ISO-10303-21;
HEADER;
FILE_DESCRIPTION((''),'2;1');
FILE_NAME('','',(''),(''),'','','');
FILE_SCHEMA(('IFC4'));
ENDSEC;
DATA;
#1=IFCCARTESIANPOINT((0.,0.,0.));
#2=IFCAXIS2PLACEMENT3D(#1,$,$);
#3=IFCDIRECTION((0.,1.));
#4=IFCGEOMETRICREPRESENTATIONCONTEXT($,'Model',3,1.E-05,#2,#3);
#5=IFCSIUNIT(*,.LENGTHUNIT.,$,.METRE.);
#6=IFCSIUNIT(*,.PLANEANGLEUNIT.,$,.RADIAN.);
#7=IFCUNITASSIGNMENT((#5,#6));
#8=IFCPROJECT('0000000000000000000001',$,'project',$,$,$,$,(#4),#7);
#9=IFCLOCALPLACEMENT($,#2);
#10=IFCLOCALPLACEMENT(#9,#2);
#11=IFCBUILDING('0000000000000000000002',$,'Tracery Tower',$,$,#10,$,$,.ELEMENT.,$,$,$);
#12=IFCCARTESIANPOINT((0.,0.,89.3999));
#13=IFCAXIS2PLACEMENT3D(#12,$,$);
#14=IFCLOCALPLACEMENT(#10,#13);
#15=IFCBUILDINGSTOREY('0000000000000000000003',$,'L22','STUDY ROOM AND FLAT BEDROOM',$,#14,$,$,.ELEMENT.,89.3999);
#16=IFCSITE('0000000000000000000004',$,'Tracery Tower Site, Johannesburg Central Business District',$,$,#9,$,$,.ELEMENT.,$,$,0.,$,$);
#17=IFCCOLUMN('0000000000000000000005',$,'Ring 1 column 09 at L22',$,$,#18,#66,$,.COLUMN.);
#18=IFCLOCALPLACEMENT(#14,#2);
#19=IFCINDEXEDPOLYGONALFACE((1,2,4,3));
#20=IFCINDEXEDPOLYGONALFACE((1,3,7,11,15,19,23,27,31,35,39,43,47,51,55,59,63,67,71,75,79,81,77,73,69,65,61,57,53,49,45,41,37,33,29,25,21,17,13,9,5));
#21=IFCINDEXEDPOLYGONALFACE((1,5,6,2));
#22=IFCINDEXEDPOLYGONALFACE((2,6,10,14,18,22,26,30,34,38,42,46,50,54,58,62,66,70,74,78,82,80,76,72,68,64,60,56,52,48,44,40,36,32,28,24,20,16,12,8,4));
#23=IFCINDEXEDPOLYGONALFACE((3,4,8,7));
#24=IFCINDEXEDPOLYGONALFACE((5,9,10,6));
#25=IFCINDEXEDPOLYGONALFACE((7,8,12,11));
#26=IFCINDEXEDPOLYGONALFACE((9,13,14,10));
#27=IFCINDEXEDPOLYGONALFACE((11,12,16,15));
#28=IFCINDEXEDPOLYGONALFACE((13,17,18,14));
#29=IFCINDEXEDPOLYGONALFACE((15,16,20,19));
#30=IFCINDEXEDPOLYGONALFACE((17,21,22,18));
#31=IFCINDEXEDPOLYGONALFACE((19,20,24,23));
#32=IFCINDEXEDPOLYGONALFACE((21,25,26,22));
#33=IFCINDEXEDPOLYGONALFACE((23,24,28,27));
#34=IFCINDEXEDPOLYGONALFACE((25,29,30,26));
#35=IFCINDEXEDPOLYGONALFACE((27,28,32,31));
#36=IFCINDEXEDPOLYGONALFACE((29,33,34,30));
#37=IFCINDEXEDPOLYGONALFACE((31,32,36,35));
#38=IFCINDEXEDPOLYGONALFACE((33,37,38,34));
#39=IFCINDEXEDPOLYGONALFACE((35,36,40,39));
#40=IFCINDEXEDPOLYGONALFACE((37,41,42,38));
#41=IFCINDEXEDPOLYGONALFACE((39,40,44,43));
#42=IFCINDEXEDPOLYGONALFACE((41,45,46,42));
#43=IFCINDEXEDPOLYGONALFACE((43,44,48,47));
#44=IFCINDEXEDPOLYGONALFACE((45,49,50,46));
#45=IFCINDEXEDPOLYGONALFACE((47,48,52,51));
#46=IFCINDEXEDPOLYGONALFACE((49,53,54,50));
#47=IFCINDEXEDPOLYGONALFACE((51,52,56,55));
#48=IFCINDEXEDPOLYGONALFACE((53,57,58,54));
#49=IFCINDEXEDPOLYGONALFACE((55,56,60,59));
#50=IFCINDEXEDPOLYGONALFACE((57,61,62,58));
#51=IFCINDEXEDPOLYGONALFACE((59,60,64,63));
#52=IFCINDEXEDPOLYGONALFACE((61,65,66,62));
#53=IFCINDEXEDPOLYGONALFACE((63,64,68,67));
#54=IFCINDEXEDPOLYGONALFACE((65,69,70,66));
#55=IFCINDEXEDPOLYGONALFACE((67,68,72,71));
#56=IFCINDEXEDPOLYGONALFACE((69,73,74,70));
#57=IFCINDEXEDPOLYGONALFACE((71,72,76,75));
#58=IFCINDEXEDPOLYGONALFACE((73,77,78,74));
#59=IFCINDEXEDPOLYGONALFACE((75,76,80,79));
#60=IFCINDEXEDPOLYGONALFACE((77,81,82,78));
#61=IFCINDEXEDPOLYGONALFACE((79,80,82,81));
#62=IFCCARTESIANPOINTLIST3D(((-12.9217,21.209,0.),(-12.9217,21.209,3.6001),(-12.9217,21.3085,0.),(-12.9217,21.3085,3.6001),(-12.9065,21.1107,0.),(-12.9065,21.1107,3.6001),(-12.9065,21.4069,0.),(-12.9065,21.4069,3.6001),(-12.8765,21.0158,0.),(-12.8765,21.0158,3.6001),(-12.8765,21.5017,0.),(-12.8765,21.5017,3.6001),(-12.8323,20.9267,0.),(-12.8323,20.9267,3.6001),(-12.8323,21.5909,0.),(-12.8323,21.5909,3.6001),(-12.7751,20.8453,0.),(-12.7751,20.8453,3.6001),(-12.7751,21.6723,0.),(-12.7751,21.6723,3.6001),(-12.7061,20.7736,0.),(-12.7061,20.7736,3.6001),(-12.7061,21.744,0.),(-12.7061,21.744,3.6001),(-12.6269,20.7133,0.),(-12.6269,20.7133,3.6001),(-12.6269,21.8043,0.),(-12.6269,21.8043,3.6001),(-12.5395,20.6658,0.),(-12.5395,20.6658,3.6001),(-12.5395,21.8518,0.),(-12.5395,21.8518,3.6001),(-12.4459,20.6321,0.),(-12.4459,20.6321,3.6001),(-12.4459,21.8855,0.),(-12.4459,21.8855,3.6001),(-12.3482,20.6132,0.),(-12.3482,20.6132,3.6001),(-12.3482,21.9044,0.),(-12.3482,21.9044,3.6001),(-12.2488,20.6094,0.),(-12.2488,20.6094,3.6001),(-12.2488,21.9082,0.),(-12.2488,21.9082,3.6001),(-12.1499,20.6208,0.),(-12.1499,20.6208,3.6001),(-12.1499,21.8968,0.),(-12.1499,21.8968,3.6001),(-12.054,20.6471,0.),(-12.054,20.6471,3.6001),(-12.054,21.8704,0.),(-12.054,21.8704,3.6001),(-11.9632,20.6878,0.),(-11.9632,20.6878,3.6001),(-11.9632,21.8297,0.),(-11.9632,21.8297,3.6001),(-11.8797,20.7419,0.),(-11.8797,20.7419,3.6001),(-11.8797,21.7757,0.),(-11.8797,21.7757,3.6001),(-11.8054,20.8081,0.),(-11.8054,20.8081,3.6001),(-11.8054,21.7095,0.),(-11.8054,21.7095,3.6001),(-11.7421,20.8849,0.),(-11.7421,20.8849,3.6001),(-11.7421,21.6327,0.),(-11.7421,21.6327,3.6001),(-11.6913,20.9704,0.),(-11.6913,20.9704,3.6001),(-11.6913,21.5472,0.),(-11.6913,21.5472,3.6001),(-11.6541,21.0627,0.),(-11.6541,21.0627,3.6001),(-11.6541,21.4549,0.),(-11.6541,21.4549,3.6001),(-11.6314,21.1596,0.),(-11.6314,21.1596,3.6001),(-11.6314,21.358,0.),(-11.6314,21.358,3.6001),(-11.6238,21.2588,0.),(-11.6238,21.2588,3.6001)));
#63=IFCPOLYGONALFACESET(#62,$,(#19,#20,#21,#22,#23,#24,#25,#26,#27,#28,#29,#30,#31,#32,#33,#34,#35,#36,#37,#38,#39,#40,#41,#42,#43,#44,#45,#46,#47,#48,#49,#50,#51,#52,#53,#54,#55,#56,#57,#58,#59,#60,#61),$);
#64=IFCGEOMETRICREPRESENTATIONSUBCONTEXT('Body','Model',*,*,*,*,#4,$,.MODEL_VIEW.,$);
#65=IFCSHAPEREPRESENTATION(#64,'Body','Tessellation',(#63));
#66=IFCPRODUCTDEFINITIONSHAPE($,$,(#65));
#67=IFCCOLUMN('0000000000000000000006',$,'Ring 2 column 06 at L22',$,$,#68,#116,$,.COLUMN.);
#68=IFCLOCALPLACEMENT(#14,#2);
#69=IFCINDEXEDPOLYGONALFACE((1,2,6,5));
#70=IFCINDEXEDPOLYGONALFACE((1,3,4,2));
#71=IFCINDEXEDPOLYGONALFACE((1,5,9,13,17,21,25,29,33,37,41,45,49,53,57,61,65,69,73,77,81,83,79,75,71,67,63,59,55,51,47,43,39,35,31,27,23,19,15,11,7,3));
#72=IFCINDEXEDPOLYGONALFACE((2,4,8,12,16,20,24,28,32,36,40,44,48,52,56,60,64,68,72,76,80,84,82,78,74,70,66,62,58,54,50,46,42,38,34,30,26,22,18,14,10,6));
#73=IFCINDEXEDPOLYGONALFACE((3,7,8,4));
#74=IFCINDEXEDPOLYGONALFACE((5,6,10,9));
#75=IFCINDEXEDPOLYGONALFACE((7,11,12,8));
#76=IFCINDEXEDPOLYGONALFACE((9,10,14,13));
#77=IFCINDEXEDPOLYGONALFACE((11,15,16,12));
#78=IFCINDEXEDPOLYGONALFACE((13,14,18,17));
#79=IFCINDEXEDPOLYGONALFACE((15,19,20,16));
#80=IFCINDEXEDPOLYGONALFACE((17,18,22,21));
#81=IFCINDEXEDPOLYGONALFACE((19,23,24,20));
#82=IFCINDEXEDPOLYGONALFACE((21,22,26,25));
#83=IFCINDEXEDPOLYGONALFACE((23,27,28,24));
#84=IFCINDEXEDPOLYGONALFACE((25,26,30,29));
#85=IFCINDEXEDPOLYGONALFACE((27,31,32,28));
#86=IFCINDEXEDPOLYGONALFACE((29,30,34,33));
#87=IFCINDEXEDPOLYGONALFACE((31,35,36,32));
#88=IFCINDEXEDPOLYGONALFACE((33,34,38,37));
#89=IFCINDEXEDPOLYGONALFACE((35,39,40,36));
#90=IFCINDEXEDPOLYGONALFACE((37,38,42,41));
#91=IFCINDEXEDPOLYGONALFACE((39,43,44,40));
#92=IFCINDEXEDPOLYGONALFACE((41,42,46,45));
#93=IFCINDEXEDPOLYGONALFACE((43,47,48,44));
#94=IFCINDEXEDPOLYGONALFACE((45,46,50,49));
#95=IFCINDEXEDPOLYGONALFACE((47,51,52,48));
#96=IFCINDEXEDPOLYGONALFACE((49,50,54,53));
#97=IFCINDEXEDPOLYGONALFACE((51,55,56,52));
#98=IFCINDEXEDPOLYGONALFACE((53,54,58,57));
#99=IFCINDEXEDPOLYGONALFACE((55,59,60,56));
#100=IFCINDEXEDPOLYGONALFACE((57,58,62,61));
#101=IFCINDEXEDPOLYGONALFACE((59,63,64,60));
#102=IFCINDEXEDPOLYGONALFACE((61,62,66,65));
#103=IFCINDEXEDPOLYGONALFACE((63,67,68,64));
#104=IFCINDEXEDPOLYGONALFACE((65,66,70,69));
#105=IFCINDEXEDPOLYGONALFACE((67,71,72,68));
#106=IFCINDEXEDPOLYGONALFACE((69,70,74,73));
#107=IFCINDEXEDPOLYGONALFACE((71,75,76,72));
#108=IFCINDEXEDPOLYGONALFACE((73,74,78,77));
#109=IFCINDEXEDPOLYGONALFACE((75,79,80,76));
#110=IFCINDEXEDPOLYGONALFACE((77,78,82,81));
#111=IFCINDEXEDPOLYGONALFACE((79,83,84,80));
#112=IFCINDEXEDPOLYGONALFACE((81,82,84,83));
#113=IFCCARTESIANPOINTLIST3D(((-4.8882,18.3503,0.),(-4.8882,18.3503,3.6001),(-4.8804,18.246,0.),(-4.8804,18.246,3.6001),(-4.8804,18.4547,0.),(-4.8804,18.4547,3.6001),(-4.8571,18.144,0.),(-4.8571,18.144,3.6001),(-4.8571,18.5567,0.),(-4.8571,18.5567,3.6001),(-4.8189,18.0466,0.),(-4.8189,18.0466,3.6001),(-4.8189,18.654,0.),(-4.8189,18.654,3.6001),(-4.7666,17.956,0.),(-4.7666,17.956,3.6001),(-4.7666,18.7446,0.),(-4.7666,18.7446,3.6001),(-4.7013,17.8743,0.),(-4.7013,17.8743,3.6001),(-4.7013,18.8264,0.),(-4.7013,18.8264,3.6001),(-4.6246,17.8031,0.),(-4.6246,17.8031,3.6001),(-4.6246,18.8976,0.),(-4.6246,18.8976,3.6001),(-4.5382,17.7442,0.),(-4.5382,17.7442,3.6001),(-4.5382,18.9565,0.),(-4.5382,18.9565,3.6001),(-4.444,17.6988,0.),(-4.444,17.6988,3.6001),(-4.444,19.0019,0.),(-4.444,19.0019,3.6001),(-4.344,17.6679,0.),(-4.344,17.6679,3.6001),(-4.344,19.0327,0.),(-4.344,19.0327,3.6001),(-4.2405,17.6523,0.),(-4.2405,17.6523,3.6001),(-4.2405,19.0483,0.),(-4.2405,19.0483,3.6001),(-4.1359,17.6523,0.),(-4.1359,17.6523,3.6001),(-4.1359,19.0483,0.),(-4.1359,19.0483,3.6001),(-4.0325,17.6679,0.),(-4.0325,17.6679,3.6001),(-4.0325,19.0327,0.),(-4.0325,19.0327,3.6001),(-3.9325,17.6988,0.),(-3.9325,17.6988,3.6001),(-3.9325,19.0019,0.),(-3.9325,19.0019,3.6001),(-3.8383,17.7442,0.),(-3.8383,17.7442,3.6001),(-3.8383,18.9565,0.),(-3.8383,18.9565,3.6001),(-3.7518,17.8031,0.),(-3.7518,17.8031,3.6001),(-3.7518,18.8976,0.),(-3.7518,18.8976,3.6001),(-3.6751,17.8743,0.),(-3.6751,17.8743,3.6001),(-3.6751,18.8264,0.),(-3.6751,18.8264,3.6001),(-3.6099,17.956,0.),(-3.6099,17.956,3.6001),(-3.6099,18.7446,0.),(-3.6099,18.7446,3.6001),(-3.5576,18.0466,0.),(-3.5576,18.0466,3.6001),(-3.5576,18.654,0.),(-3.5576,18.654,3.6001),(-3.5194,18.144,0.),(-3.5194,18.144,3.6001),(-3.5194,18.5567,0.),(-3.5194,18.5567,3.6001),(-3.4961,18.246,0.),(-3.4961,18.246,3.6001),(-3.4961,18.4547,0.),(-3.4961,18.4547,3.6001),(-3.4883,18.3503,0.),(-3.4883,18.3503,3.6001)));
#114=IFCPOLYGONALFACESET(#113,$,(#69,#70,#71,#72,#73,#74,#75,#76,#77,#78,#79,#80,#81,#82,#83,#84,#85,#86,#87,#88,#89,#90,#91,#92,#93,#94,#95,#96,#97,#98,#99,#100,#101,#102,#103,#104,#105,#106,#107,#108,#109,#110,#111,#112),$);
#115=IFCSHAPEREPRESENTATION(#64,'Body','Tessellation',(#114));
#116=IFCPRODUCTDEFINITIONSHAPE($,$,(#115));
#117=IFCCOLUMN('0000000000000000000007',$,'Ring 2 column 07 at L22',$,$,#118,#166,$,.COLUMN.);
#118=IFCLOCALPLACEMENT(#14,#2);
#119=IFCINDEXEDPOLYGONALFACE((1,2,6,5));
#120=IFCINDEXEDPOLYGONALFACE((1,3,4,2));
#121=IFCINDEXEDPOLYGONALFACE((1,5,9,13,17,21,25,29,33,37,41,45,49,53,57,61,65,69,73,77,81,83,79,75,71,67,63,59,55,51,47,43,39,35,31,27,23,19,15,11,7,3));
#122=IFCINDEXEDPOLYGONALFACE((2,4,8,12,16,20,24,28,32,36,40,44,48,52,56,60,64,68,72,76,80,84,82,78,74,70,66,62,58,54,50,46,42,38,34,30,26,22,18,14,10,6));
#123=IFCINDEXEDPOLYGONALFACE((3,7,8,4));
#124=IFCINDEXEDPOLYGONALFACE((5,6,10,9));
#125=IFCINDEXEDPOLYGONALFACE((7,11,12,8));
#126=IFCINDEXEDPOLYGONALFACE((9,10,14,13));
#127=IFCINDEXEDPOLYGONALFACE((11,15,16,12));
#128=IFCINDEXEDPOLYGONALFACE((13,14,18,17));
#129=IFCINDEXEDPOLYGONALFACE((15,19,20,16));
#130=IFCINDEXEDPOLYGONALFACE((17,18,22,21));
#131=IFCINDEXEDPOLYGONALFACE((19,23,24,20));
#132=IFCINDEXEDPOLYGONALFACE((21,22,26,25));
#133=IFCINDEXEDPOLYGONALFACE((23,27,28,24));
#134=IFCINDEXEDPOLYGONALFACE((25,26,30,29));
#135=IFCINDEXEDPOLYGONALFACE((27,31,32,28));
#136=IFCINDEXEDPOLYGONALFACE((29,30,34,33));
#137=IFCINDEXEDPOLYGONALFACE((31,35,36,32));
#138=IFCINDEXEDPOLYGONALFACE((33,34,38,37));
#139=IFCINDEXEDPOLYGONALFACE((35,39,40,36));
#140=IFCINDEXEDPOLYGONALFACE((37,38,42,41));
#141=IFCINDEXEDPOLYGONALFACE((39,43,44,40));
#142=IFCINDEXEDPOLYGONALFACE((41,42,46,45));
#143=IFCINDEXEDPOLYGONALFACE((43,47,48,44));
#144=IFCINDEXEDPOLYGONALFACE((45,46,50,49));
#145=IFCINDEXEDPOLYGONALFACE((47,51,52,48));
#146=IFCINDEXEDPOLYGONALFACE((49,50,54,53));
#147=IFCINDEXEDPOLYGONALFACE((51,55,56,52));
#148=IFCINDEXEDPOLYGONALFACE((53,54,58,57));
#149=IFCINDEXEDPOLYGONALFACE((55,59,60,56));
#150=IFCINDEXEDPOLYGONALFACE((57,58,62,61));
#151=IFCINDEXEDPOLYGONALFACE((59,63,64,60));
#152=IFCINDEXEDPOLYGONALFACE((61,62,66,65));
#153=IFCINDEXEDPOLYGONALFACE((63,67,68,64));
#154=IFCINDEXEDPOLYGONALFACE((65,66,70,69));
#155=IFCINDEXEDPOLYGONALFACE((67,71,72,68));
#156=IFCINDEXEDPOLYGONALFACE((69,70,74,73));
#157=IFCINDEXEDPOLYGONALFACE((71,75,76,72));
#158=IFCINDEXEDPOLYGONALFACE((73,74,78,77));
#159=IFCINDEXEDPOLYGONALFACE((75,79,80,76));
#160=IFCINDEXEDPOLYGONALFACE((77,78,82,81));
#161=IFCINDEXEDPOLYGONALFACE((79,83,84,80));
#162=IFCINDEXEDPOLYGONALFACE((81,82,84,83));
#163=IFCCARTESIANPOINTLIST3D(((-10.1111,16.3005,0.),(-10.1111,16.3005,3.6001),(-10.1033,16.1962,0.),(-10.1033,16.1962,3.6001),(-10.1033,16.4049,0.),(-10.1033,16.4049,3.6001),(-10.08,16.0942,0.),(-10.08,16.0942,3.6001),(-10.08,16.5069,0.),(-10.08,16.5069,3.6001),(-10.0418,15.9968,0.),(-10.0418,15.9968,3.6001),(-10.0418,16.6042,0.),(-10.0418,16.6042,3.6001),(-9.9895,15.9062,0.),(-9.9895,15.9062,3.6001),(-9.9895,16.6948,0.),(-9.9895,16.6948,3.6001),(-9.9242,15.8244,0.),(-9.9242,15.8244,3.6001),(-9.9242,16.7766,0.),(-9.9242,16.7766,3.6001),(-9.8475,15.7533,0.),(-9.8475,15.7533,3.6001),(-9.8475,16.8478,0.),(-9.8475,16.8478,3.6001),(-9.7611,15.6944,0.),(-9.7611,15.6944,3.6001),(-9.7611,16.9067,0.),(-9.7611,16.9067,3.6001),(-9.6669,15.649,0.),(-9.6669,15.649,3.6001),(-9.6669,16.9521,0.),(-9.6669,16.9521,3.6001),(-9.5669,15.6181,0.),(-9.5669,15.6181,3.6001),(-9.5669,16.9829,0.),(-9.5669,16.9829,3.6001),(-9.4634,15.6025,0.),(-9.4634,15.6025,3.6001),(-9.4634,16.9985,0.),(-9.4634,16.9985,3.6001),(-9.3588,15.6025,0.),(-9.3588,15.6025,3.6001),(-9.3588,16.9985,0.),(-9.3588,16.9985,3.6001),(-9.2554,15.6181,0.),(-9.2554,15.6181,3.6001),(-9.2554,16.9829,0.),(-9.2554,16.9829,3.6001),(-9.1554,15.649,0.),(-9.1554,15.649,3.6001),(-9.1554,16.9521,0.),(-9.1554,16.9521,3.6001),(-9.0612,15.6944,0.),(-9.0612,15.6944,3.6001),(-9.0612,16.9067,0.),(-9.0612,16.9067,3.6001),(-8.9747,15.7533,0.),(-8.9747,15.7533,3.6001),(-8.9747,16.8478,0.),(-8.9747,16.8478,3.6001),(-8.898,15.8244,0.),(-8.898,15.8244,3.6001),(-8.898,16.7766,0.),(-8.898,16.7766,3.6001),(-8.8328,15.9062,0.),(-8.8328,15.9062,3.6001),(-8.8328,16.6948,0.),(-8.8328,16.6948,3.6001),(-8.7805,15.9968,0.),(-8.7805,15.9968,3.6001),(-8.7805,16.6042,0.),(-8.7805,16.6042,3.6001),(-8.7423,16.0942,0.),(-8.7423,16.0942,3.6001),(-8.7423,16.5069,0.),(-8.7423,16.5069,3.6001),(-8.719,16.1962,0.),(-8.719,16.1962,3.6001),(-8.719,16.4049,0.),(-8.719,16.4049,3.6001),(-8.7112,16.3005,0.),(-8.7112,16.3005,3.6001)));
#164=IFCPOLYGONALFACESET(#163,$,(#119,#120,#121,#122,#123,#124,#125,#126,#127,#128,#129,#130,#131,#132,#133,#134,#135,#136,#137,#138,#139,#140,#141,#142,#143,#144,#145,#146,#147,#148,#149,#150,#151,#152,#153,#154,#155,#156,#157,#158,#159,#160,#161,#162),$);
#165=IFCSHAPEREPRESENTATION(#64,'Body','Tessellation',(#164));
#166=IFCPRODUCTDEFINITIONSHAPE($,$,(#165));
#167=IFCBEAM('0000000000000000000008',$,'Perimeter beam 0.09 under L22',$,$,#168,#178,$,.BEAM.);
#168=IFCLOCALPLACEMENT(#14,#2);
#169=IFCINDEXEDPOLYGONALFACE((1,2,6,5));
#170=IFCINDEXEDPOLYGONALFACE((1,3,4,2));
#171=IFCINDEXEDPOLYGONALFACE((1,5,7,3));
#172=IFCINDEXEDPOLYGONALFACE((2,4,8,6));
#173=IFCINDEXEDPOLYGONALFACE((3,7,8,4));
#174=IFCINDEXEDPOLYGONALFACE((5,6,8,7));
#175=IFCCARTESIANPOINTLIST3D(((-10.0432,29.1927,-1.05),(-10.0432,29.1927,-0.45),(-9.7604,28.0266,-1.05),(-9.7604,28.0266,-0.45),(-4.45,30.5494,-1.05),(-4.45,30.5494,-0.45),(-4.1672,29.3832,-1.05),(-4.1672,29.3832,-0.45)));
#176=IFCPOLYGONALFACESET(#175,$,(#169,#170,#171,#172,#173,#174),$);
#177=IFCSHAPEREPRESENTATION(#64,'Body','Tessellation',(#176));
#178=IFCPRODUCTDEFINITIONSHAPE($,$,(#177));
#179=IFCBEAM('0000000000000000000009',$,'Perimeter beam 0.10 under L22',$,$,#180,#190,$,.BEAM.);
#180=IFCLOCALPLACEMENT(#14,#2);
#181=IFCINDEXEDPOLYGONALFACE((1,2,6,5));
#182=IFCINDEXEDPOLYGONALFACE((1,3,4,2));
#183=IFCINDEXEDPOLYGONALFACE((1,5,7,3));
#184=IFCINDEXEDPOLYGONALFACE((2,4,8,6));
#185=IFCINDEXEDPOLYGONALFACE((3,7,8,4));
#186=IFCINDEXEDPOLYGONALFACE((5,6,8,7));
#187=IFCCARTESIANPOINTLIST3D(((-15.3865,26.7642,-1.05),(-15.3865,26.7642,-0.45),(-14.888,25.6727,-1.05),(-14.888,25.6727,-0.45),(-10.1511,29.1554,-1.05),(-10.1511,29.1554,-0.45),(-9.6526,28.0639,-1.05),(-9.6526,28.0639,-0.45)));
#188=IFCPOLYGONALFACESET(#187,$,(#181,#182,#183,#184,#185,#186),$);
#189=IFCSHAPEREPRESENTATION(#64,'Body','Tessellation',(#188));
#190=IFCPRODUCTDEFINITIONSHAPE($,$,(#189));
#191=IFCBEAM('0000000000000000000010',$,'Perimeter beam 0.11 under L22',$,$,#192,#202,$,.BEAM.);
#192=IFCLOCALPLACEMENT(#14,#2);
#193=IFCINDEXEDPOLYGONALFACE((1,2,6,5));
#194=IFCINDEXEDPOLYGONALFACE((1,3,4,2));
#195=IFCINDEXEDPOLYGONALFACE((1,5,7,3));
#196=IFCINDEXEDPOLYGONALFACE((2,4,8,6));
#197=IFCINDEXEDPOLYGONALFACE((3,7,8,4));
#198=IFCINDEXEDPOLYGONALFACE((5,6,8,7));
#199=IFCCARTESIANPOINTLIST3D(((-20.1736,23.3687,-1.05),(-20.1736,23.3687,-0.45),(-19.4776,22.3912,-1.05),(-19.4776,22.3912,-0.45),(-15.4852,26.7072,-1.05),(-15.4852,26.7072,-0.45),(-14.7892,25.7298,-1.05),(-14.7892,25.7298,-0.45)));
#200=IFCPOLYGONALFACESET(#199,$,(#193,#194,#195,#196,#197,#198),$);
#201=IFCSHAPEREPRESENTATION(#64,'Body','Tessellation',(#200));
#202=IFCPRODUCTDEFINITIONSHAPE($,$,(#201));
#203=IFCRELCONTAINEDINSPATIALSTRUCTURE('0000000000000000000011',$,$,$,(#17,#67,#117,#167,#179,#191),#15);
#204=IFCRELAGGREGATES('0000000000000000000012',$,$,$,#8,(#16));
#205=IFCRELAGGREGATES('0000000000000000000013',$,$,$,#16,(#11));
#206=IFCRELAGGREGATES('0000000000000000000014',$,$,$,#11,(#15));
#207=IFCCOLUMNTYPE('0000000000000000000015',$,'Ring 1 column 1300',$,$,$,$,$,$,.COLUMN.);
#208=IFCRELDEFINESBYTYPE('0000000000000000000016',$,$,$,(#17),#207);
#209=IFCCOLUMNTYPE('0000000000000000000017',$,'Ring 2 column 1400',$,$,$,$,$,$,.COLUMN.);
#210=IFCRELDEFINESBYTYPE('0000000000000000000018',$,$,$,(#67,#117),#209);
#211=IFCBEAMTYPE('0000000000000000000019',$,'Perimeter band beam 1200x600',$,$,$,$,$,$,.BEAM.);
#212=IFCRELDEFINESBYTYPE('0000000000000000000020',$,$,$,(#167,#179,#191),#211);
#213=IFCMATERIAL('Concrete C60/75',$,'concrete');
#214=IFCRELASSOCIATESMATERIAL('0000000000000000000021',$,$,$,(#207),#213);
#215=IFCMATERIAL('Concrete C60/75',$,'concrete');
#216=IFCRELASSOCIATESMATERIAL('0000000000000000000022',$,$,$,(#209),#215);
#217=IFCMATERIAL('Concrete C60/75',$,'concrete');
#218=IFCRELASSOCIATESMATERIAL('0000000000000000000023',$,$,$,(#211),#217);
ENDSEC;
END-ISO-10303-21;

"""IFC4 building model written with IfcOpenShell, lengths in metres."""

from ifc_helpers import new_model, si_unit, direction, frame, origin, origin_2d, place, context, subcontext, project, spatial, rectangle, circle, extrude, material, material_profile, profile_set, type_object, element, save


model = new_model("IFC4")

# Units and contexts
model_context = context("Model", 3, precision=1e-05, world=origin(), true_north=direction((0.0, 1.0)))
body_context = subcontext(model_context, "Body", "Model", "MODEL_VIEW")
ifc_project = project(units=[si_unit("LENGTHUNIT", "METRE"), si_unit("PLANEANGLEUNIT", "RADIAN")], contexts=[model_context])

# Site, building, storey
site_placement = place(None, origin())
site = spatial("IfcSite", under=ifc_project, at=site_placement, Name="Tracery Tower Site, Johannesburg Central Business District", CompositionType="ELEMENT", RefElevation=0.0)
building_placement = place(site_placement, origin())
building = spatial("IfcBuilding", under=site, at=building_placement, Name="Tracery Tower", CompositionType="ELEMENT")
storey_placement = place(building_placement, frame((0.0, 0.0, 89.3999)))
storey = spatial("IfcBuildingStorey", under=building, at=storey_placement, Name="L22", Description="STUDY ROOM AND FLAT BEDROOM", CompositionType="ELEMENT", Elevation=89.3999)

# Columns
ifc_material_1 = material(Name="Concrete C60/75", Category="concrete")
ifc_material_profile_1 = material_profile(ifc_material_1, circle(Radius=0.6499, at=origin_2d()), Name="RC D1300")
ifc_profile_set_1 = profile_set([ifc_material_profile_1], Name="Concrete C60/75")
column_type_1 = type_object("IfcColumnType", Name="Ring 1 column 1300", PredefinedType="COLUMN", material=ifc_profile_set_1)
for number, where, z_axis, x_axis, name in (
    (1, (-12.2737, 21.2588, 0.0), (0.0, 0.0, 1.0), (1.0, 0.0, 0.0), "Ring 1 column 09 at L22"),
):
    element("IfcColumn", number, at=place(storey_placement, frame(where, z_axis=z_axis, x_axis=x_axis)), inside=storey, type_object=column_type_1, Name=name, PredefinedType="COLUMN", context=body_context, shape_type="SweptSolid", body=[
        extrude(circle(Radius=0.6499, at=origin_2d()), origin(), (0.0, 0.0, 1.0), 3.6001),
    ])
ifc_material_2 = material(Name="Concrete C60/75", Category="concrete")
ifc_material_profile_2 = material_profile(ifc_material_2, circle(Radius=0.7, at=origin_2d()), Name="RC D1400")
ifc_profile_set_2 = profile_set([ifc_material_profile_2], Name="Concrete C60/75")
column_type_2 = type_object("IfcColumnType", Name="Ring 2 column 1400", PredefinedType="COLUMN", material=ifc_profile_set_2)
for number, where, z_axis, x_axis, name in (
    (2, (-4.1882, 18.3503, 0.0), (0.0, 0.0, 1.0), (1.0, 0.0, 0.0), "Ring 2 column 06 at L22"),
    (3, (-9.4111, 16.3005, 0.0), (0.0, 0.0, 1.0), (1.0, 0.0, 0.0), "Ring 2 column 07 at L22"),
):
    element("IfcColumn", number, at=place(storey_placement, frame(where, z_axis=z_axis, x_axis=x_axis)), inside=storey, type_object=column_type_2, Name=name, PredefinedType="COLUMN", context=body_context, shape_type="SweptSolid", body=[
        extrude(circle(Radius=0.7, at=origin_2d()), origin(), (0.0, 0.0, 1.0), 3.6001),
    ])

# Beams
ifc_material_3 = material(Name="Concrete C60/75", Category="concrete")
ifc_material_profile_3 = material_profile(ifc_material_3, rectangle(XDim=1.2, YDim=0.6001, at=origin_2d()), Name="RC 1200x600")
ifc_profile_set_3 = profile_set([ifc_material_profile_3], Name="Concrete C60/75")
beam_type = type_object("IfcBeamType", Name="Perimeter band beam 1200x600", PredefinedType="BEAM", material=ifc_profile_set_3)
beam_placement = place(storey_placement, frame((-4.3086, 29.9663, -0.75), z_axis=(-0.97182, -0.235723, 0.0), x_axis=(0.235723, -0.97182, 0.0)))
element("IfcBeam", 4, at=beam_placement, inside=storey, type_object=beam_type, Name="Perimeter beam 0.09 under L22", PredefinedType="BEAM", context=body_context, shape_type="SweptSolid", body=[
    extrude(rectangle(XDim=1.2, YDim=0.6001, at=origin_2d()), origin(), (0.0, 0.0, 1.0), 5.7554),
])
for number, where, z_axis, x_axis, name in (
    (5, (-9.9019, 28.6096, -0.75), (-0.909618, -0.415445, 0.0), (0.415445, -0.909618, 0.0), "Perimeter beam 0.10 under L22"),
    (6, (-15.1372, 26.2185, -0.75), (-0.814578, -0.580054, 0.0), (0.580054, -0.814578, 0.0), "Perimeter beam 0.11 under L22"),
):
    element("IfcBeam", number, at=place(storey_placement, frame(where, z_axis=z_axis, x_axis=x_axis)), inside=storey, type_object=beam_type, Name=name, PredefinedType="BEAM", context=body_context, shape_type="SweptSolid", body=[
        extrude(rectangle(XDim=1.2, YDim=0.6001, at=origin_2d()), origin(), (0.0, 0.0, 1.0), 5.7556),
    ])

save(model, "model.ifc")
